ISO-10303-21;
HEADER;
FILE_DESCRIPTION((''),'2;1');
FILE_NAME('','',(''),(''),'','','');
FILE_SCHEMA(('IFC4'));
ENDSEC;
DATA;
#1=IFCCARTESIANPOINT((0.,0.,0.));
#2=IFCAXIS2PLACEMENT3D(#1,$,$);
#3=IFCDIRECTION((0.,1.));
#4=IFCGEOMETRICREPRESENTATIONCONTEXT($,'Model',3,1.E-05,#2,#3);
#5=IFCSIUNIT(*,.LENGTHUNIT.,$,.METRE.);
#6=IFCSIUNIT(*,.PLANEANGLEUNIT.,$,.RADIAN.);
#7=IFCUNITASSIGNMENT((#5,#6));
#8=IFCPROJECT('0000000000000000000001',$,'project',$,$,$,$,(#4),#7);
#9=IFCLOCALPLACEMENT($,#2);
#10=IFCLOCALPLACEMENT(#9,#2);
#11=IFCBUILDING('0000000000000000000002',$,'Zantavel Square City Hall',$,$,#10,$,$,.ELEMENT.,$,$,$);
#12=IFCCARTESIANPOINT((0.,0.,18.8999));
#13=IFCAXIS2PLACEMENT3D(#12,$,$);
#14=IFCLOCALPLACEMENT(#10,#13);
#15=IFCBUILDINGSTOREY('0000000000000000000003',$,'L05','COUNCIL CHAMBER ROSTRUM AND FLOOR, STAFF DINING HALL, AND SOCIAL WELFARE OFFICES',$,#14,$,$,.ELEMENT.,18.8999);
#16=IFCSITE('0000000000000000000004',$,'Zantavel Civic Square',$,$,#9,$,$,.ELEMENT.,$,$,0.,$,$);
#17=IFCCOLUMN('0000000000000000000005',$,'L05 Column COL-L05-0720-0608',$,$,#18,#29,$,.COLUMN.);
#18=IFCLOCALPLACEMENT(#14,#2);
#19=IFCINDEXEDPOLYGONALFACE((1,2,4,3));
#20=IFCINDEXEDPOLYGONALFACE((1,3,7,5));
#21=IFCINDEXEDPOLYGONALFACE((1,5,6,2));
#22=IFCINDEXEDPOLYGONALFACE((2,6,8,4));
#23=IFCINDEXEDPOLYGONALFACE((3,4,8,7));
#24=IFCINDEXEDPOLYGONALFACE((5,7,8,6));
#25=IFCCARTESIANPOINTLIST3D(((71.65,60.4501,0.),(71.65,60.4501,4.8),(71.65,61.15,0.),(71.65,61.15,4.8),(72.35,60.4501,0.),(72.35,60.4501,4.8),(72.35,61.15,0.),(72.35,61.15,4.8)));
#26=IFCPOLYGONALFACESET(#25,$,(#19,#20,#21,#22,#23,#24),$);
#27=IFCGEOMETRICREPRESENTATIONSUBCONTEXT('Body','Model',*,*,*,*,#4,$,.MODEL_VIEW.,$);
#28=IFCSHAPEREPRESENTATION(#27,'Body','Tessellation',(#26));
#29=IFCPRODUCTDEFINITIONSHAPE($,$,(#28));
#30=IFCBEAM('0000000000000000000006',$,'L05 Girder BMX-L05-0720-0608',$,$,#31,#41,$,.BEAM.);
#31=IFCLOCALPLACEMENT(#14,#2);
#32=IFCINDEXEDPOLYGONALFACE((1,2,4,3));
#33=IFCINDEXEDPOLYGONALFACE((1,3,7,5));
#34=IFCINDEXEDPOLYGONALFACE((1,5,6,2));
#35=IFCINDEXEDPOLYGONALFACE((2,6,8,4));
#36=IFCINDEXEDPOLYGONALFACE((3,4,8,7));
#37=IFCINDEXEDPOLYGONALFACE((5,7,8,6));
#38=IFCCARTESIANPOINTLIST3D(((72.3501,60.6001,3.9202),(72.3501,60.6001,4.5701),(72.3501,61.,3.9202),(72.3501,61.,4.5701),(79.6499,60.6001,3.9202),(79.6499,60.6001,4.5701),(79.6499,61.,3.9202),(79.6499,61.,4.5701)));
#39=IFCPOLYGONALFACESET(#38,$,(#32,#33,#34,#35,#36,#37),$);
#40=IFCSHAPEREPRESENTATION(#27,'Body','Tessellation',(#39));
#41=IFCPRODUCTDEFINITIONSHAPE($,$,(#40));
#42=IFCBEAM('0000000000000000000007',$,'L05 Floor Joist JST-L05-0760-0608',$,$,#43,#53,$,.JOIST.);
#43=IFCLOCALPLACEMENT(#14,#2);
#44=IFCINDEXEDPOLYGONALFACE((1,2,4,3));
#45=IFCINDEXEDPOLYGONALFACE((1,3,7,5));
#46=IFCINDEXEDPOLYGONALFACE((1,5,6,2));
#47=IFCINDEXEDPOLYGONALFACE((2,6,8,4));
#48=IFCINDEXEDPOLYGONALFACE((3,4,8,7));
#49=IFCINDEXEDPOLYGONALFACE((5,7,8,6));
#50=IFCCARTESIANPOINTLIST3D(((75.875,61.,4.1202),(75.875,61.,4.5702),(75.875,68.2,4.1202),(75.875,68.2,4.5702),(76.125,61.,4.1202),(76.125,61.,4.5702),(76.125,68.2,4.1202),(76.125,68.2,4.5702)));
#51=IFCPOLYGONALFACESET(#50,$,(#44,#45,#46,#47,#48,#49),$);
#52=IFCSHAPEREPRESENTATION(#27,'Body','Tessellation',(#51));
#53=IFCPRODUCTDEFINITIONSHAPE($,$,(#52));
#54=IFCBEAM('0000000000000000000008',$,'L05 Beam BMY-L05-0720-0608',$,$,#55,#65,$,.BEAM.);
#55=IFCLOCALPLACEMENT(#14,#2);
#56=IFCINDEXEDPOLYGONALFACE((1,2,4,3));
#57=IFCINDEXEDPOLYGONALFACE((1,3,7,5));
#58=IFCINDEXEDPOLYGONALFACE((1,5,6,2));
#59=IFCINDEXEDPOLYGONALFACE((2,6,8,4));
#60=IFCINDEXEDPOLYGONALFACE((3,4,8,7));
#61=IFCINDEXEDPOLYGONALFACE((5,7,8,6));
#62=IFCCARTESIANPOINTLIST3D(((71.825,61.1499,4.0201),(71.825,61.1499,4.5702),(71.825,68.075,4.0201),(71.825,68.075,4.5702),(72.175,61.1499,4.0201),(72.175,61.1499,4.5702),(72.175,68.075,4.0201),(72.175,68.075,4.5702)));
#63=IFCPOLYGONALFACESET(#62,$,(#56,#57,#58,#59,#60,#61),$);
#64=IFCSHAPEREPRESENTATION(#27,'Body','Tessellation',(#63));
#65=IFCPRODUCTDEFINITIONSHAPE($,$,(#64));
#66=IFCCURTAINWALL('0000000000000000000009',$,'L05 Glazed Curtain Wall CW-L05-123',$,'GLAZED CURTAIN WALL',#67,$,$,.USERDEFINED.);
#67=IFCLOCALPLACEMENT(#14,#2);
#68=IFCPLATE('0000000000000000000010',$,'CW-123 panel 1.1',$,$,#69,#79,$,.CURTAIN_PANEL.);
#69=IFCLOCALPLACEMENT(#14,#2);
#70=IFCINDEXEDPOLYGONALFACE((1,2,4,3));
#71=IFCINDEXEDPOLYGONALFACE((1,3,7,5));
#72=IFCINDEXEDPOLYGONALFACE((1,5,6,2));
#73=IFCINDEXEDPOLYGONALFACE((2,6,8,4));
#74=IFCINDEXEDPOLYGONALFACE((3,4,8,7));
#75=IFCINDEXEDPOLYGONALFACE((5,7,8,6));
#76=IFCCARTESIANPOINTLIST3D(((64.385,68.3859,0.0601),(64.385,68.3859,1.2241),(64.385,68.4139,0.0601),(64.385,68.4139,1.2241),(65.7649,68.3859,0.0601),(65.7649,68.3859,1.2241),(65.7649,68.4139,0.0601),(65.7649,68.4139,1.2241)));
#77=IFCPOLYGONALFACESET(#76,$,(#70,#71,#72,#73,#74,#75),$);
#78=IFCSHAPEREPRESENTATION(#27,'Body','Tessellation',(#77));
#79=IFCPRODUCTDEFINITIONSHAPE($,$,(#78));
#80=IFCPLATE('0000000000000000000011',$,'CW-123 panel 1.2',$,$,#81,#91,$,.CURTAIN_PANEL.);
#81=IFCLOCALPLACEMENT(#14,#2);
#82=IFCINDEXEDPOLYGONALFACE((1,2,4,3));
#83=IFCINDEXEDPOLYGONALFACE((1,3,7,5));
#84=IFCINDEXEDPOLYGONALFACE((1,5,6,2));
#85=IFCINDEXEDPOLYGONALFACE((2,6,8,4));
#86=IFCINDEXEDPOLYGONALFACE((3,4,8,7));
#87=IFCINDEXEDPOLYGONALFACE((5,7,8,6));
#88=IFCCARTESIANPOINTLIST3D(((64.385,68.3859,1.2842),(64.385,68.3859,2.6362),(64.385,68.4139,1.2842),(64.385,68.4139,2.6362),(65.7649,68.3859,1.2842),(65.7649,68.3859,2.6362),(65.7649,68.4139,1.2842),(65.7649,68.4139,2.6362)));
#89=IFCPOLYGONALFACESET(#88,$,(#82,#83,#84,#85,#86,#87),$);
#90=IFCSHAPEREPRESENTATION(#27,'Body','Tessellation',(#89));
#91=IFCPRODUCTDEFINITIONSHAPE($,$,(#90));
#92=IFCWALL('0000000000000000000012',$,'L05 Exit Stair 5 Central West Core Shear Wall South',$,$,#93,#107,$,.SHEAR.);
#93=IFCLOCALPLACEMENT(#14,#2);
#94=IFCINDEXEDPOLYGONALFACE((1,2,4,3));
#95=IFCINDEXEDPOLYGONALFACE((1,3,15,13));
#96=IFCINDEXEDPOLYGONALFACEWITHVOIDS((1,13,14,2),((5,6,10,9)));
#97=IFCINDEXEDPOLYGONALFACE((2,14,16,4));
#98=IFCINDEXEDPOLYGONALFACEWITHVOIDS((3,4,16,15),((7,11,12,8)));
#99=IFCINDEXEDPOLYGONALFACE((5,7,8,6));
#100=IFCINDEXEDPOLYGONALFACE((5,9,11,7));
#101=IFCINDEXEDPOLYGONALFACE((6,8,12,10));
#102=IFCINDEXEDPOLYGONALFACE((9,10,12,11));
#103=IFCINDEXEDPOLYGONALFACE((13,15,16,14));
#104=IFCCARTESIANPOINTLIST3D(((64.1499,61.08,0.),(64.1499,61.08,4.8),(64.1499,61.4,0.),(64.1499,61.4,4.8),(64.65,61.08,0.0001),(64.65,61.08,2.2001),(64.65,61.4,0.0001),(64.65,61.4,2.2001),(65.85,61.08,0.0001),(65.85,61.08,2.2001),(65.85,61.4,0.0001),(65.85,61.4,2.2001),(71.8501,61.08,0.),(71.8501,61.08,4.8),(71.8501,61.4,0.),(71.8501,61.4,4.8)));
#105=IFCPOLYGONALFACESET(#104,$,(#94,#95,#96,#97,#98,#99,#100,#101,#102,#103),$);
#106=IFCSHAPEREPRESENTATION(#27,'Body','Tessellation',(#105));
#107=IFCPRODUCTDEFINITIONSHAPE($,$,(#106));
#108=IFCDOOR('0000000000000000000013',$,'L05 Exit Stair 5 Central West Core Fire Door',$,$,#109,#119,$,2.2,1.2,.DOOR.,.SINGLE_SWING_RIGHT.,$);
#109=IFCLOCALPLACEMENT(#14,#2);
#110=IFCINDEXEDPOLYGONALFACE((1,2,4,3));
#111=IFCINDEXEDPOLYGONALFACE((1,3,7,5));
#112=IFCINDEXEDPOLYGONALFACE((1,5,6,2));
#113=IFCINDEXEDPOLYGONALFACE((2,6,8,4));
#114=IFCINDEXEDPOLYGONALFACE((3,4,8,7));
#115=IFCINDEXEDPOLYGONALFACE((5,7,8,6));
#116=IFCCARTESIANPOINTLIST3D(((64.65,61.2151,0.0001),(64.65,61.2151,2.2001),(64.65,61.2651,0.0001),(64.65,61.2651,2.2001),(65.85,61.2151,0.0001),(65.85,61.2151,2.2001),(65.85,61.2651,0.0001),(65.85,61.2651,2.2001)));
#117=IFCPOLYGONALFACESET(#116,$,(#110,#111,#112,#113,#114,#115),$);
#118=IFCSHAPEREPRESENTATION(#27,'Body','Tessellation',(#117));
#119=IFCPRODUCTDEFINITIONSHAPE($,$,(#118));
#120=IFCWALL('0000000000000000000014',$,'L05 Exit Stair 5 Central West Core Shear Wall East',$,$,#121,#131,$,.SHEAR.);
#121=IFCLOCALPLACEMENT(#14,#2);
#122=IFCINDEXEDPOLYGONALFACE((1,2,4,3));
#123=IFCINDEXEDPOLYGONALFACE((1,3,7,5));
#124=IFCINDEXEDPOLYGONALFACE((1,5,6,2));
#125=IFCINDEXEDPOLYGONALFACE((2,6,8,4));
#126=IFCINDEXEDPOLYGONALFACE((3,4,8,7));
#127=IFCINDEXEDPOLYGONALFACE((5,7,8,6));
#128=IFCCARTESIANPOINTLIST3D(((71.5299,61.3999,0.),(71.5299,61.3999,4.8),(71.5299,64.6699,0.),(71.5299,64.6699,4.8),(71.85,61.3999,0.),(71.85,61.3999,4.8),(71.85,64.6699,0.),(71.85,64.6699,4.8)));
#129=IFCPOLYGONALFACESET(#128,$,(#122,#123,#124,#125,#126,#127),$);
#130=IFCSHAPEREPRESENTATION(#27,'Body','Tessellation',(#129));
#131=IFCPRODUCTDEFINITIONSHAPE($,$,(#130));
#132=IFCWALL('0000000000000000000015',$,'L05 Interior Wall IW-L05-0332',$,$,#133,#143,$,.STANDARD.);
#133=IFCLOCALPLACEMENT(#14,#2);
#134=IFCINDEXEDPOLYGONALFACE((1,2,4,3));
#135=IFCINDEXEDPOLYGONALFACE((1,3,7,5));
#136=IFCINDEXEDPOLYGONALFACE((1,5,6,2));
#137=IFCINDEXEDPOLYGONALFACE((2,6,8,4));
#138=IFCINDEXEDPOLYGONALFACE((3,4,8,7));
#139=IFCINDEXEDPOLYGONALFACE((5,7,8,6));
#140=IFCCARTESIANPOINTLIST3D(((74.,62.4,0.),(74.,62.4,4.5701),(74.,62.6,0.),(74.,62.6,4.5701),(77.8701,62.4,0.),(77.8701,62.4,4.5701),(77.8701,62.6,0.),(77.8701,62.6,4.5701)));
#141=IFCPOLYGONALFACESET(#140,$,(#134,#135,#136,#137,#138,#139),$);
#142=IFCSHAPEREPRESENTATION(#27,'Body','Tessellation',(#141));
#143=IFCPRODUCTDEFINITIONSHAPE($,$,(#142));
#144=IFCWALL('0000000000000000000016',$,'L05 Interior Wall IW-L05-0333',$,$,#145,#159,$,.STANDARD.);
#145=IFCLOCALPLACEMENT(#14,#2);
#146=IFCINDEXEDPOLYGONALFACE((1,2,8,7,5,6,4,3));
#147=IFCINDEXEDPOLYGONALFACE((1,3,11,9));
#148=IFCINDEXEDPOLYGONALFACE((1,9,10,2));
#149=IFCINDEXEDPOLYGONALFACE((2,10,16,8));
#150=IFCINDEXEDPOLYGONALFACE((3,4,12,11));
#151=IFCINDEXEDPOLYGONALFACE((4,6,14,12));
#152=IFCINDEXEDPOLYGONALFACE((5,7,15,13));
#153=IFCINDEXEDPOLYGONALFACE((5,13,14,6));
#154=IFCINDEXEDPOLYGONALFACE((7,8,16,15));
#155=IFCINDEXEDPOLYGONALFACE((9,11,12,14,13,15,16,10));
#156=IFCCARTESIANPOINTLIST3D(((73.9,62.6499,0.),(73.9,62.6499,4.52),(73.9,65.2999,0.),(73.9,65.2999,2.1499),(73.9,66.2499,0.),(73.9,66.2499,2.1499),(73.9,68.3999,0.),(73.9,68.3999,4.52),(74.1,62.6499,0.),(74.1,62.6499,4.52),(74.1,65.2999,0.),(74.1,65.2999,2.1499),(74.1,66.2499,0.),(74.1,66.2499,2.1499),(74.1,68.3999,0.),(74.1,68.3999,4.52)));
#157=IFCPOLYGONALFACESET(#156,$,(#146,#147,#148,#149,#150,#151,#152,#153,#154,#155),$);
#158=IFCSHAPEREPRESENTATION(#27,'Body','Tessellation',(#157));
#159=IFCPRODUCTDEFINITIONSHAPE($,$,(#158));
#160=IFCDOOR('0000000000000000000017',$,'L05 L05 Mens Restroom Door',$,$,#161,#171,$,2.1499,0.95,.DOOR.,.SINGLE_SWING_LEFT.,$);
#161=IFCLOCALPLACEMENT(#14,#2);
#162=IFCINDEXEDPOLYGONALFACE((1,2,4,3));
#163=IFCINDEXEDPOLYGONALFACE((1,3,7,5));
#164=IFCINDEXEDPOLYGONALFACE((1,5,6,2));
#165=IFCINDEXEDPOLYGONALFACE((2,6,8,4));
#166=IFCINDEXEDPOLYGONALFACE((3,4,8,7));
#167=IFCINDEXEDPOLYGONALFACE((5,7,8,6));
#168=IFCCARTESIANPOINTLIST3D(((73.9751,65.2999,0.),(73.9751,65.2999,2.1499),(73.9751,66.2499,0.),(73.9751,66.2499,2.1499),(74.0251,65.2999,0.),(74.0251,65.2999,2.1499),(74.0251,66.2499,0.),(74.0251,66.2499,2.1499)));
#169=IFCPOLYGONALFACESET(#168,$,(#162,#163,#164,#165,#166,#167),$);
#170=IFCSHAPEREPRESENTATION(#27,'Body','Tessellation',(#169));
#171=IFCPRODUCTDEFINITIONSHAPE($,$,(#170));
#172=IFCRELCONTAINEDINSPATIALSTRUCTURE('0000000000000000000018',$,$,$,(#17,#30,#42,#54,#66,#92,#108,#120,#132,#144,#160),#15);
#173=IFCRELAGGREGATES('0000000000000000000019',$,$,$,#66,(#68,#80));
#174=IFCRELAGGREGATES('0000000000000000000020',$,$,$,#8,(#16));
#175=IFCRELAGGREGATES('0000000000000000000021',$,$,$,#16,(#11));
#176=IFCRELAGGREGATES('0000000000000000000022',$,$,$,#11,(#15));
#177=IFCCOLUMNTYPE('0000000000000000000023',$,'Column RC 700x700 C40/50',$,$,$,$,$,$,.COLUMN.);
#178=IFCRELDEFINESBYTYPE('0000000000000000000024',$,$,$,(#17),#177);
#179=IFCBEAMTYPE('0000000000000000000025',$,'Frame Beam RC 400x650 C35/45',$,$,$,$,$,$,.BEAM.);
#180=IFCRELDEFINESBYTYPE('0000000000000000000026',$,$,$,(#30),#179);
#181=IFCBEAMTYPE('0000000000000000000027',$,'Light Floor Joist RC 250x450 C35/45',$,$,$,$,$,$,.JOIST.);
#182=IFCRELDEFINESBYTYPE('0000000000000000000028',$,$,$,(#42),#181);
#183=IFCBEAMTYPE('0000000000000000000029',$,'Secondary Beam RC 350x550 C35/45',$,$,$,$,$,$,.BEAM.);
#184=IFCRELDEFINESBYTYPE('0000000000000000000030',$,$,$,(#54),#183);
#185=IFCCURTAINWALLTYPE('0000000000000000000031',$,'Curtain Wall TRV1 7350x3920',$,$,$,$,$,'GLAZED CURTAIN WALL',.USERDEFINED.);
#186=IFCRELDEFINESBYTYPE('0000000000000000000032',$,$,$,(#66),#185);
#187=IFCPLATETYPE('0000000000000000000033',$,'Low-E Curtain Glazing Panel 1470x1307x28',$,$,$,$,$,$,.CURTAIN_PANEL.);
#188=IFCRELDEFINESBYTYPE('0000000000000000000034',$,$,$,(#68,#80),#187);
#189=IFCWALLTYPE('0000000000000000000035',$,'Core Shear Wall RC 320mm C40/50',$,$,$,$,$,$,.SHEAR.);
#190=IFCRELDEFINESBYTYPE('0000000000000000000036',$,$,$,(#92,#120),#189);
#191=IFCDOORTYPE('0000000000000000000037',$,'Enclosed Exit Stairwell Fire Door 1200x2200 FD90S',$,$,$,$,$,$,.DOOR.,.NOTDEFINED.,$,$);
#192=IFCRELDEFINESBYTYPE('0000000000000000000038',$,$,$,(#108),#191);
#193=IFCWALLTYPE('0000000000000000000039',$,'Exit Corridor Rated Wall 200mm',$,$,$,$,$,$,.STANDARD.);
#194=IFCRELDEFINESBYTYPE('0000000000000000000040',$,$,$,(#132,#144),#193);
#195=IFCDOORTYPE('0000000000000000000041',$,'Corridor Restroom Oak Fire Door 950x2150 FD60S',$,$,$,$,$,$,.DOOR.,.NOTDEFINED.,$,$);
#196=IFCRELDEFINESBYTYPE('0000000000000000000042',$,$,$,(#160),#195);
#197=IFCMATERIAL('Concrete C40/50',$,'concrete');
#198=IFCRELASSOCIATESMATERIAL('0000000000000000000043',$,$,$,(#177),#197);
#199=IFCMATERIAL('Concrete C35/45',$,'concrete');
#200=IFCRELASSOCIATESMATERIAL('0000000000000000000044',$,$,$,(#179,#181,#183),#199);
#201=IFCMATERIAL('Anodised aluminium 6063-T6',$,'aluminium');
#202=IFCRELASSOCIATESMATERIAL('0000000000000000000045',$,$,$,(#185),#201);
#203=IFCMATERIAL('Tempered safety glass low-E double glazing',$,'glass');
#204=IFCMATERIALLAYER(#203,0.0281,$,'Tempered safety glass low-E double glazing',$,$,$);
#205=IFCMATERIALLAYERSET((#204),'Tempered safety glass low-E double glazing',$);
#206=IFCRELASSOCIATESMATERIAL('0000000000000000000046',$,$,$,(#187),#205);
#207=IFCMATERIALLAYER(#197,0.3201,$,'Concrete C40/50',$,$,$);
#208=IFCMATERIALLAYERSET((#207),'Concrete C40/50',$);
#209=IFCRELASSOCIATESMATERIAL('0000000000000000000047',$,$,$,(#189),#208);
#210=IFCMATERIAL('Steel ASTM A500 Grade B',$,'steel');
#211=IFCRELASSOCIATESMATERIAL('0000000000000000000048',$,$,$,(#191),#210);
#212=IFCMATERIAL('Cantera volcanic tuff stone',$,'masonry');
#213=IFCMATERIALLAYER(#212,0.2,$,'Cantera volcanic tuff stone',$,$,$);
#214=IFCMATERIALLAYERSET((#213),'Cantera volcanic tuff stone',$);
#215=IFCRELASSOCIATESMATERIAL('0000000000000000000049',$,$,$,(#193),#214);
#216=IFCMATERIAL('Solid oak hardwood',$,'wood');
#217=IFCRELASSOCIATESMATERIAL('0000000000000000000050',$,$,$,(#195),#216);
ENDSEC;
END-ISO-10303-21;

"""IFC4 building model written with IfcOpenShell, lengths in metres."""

from ifc_helpers import new_model, si_unit, direction, frame, frame_2d, origin, origin_2d, place, context, subcontext, project, spatial, rectangle, extrude, material, layer, layer_set, material_profile, profile_set, type_object, element, fill, aggregate, save


model = new_model("IFC4")

# Units and contexts
model_context = context("Model", 3, precision=1e-05, world=origin(), true_north=direction((0.0, 1.0)))
body_context = subcontext(model_context, "Body", "Model", "MODEL_VIEW")
ifc_project = project(units=[si_unit("LENGTHUNIT", "METRE"), si_unit("PLANEANGLEUNIT", "RADIAN")], contexts=[model_context])

# Site, building, storey
site_placement = place(None, origin())
site = spatial("IfcSite", under=ifc_project, at=site_placement, Name="Zantavel Civic Square", CompositionType="ELEMENT", RefElevation=0.0)
building_placement = place(site_placement, origin())
building = spatial("IfcBuilding", under=site, at=building_placement, Name="Zantavel Square City Hall", CompositionType="ELEMENT")
storey_placement = place(building_placement, frame((0.0, 0.0, 18.8999)))
storey = spatial("IfcBuildingStorey", under=building, at=storey_placement, Name="L05", Description="COUNCIL CHAMBER ROSTRUM AND FLOOR, STAFF DINING HALL, AND SOCIAL WELFARE OFFICES", CompositionType="ELEMENT", Elevation=18.8999)

# Column
ifc_material_1 = material(Name="Concrete C40/50", Category="concrete")
ifc_material_profile_1 = material_profile(ifc_material_1, rectangle(XDim=0.7, YDim=0.7, at=origin_2d()), Name="RC 700x700")
ifc_profile_set_1 = profile_set([ifc_material_profile_1], Name="Concrete C40/50")
column_type = type_object("IfcColumnType", Name="Column RC 700x700 C40/50", PredefinedType="COLUMN", material=ifc_profile_set_1)
column_placement = place(storey_placement, frame((72.0, 60.8, 0.0), z_axis=(0.0, 0.0, 1.0), x_axis=(1.0, 0.0, 0.0)))
element("IfcColumn", 1, at=column_placement, inside=storey, type_object=column_type, Name="L05 Column COL-L05-0720-0608", PredefinedType="COLUMN", context=body_context, shape_type="SweptSolid", body=[
    extrude(rectangle(XDim=0.7, YDim=0.7, at=origin_2d()), origin(), (0.0, 0.0, 1.0), 4.8),
])

# Beams
ifc_material_2 = material(Name="Concrete C35/45", Category="concrete")
ifc_material_profile_2 = material_profile(ifc_material_2, rectangle(XDim=0.3999, YDim=0.6499, at=origin_2d()), Name="RC 400x650")
ifc_profile_set_2 = profile_set([ifc_material_profile_2], Name="Concrete C35/45")
beam_type_1 = type_object("IfcBeamType", Name="Frame Beam RC 400x650 C35/45", PredefinedType="BEAM", material=ifc_profile_set_2)
beam_1_placement = place(storey_placement, frame((72.3501, 60.8, 4.2451), z_axis=(1.0, 0.0, 0.0), x_axis=(0.0, 1.0, 0.0)))
element("IfcBeam", 2, at=beam_1_placement, inside=storey, type_object=beam_type_1, Name="L05 Girder BMX-L05-0720-0608", PredefinedType="BEAM", context=body_context, shape_type="SweptSolid", body=[
    extrude(rectangle(XDim=0.3999, YDim=0.6499, at=origin_2d()), origin(), (0.0, 0.0, 1.0), 7.2998),
])
ifc_material_profile_3 = material_profile(ifc_material_2, rectangle(XDim=0.25, YDim=0.45, at=origin_2d()), Name="RC 250x450")
ifc_profile_set_3 = profile_set([ifc_material_profile_3], Name="Concrete C35/45")
beam_type_2 = type_object("IfcBeamType", Name="Light Floor Joist RC 250x450 C35/45", PredefinedType="JOIST", material=ifc_profile_set_3)
beam_2_placement = place(storey_placement, frame((76.0, 61.0, 4.3452), z_axis=(0.0, 1.0, 0.0), x_axis=(-1.0, 0.0, 0.0)))
element("IfcBeam", 3, at=beam_2_placement, inside=storey, type_object=beam_type_2, Name="L05 Floor Joist JST-L05-0760-0608", PredefinedType="JOIST", context=body_context, shape_type="SweptSolid", body=[
    extrude(rectangle(XDim=0.25, YDim=0.45, at=origin_2d()), origin(), (0.0, 0.0, 1.0), 7.2),
])
ifc_material_profile_4 = material_profile(ifc_material_2, rectangle(XDim=0.3501, YDim=0.55, at=origin_2d()), Name="RC 350x550")
ifc_profile_set_4 = profile_set([ifc_material_profile_4], Name="Concrete C35/45")
beam_type_3 = type_object("IfcBeamType", Name="Secondary Beam RC 350x550 C35/45", PredefinedType="BEAM", material=ifc_profile_set_4)
beam_3_placement = place(storey_placement, frame((72.0, 61.1499, 4.2952), z_axis=(0.0, 1.0, 0.0), x_axis=(-1.0, 0.0, 0.0)))
element("IfcBeam", 4, at=beam_3_placement, inside=storey, type_object=beam_type_3, Name="L05 Beam BMY-L05-0720-0608", PredefinedType="BEAM", context=body_context, shape_type="SweptSolid", body=[
    extrude(rectangle(XDim=0.3501, YDim=0.55, at=origin_2d()), origin(), (0.0, 0.0, 1.0), 6.925),
])

# Curtain wall, plates
ifc_material_3 = material(Name="Anodised aluminium 6063-T6", Category="aluminium")
curtain_wall_type = type_object("IfcCurtainWallType", Name="Curtain Wall TRV1 7350x3920", ElementType="GLAZED CURTAIN WALL", PredefinedType="USERDEFINED", material=ifc_material_3)
curtain_wall_placement = place(storey_placement, origin())
curtain_wall = element("IfcCurtainWall", 5, at=curtain_wall_placement, inside=storey, type_object=curtain_wall_type, Name="L05 Glazed Curtain Wall CW-L05-123", ObjectType="GLAZED CURTAIN WALL", PredefinedType="USERDEFINED")
ifc_material_4 = material(Name="Tempered safety glass low-E double glazing", Category="glass")
ifc_layer_1 = layer(ifc_material_4, 0.0281, Name="Tempered safety glass low-E double glazing")
ifc_layer_set_1 = layer_set([ifc_layer_1], Name="Tempered safety glass low-E double glazing")
plate_type = type_object("IfcPlateType", Name="Low-E Curtain Glazing Panel 1470x1307x28", PredefinedType="CURTAIN_PANEL", material=ifc_layer_set_1)
plate_1_placement = place(storey_placement, frame((65.075, 68.3999, 0.0601), z_axis=(0.0, 0.0, 1.0), x_axis=(1.0, 0.0, 0.0)))
plate_1 = element("IfcPlate", 6, at=plate_1_placement, type_object=plate_type, Name="CW-123 panel 1.1", PredefinedType="CURTAIN_PANEL", context=body_context, shape_type="SweptSolid", body=[
    extrude(rectangle(XDim=1.3799, YDim=0.0281, at=origin_2d()), origin(), (0.0, 0.0, 1.0), 1.1641),
])
plate_2_placement = place(storey_placement, frame((65.075, 68.3999, 1.2842), z_axis=(0.0, 0.0, 1.0), x_axis=(1.0, 0.0, 0.0)))
plate_2 = element("IfcPlate", 7, at=plate_2_placement, type_object=plate_type, Name="CW-123 panel 1.2", PredefinedType="CURTAIN_PANEL", context=body_context, shape_type="SweptSolid", body=[
    extrude(rectangle(XDim=1.3799, YDim=0.0281, at=origin_2d()), origin(), (0.0, 0.0, 1.0), 1.3521),
])
aggregate(curtain_wall, [plate_1, plate_2])

# Wall, opening, door
ifc_layer_2 = layer(ifc_material_1, 0.3201, Name="Concrete C40/50")
ifc_layer_set_2 = layer_set([ifc_layer_2], Name="Concrete C40/50")
wall_type_1 = type_object("IfcWallType", Name="Core Shear Wall RC 320mm C40/50", PredefinedType="SHEAR", material=ifc_layer_set_2)
wall_1_placement = place(storey_placement, frame((71.8501, 61.24, 0.0), z_axis=(0.0, 0.0, 1.0), x_axis=(-1.0, 0.0, 0.0)))
wall_1 = element("IfcWall", 8, at=wall_1_placement, inside=storey, type_object=wall_type_1, Name="L05 Exit Stair 5 Central West Core Shear Wall South", PredefinedType="SHEAR", context=body_context, shape_type="SweptSolid", body=[
    extrude(rectangle(XDim=7.7002, YDim=0.3201, at=frame_2d((3.8501, 0.0))), origin(), (0.0, 0.0, 1.0), 4.8),
])
opening_1_placement = place(wall_1_placement, frame((6.0, 0.0, 0.0)))
opening_1 = element("IfcOpeningElement", 9, at=opening_1_placement, cuts=wall_1, PredefinedType="OPENING", context=body_context, shape_type="SweptSolid", body=[
    extrude(rectangle(XDim=1.2, YDim=2.2, at=frame_2d((0.6001, 1.1001))), frame((0.0, 0.1699, 0.0), z_axis=(0.0, -1.0, 0.0), x_axis=(1.0, 0.0, 0.0)), (0.0, 0.0, 1.0), 0.3401),
])
ifc_material_5 = material(Name="Steel ASTM A500 Grade B", Category="steel")
door_type_1 = type_object("IfcDoorType", Name="Enclosed Exit Stairwell Fire Door 1200x2200 FD90S", OperationType="NOTDEFINED", PredefinedType="DOOR", material=ifc_material_5)
door_1_placement = place(opening_1_placement, origin())
door_1 = element("IfcDoor", 10, at=door_1_placement, inside=storey, type_object=door_type_1, Name="L05 Exit Stair 5 Central West Core Fire Door", OperationType="SINGLE_SWING_RIGHT", OverallHeight=2.2, OverallWidth=1.2, PredefinedType="DOOR", context=body_context, shape_type="SweptSolid", body=[
    extrude(rectangle(XDim=1.2, YDim=2.2, at=frame_2d((0.6001, 1.1001))), frame((0.0, 0.0249, 0.0), z_axis=(0.0, -1.0, 0.0), x_axis=(1.0, 0.0, 0.0)), (0.0, 0.0, 1.0), 0.05),
])
fill(opening_1, door_1)

# Walls
wall_2_placement = place(storey_placement, frame((71.6899, 64.6699, 0.0), z_axis=(0.0, 0.0, 1.0), x_axis=(0.0, -1.0, 0.0)))
element("IfcWall", 11, at=wall_2_placement, inside=storey, type_object=wall_type_1, Name="L05 Exit Stair 5 Central West Core Shear Wall East", PredefinedType="SHEAR", context=body_context, shape_type="SweptSolid", body=[
    extrude(rectangle(XDim=3.27, YDim=0.3201, at=frame_2d((1.635, 0.0))), origin(), (0.0, 0.0, 1.0), 4.8),
])
ifc_material_6 = material(Name="Cantera volcanic tuff stone", Category="masonry")
ifc_layer_3 = layer(ifc_material_6, 0.2, Name="Cantera volcanic tuff stone")
ifc_layer_set_3 = layer_set([ifc_layer_3], Name="Cantera volcanic tuff stone")
wall_type_2 = type_object("IfcWallType", Name="Exit Corridor Rated Wall 200mm", PredefinedType="STANDARD", material=ifc_layer_set_3)
wall_3_placement = place(storey_placement, frame((77.8701, 62.5, 0.0), z_axis=(0.0, 0.0, 1.0), x_axis=(-1.0, 0.0, 0.0)))
element("IfcWall", 12, at=wall_3_placement, inside=storey, type_object=wall_type_2, Name="L05 Interior Wall IW-L05-0332", PredefinedType="STANDARD", context=body_context, shape_type="SweptSolid", body=[
    extrude(rectangle(XDim=3.8701, YDim=0.2, at=frame_2d((1.9351, 0.0))), origin(), (0.0, 0.0, 1.0), 4.5701),
])

# Wall, opening, door
wall_4_placement = place(storey_placement, frame((74.0, 62.6499, 0.0), z_axis=(0.0, 0.0, 1.0), x_axis=(0.0, 1.0, 0.0)))
wall_4 = element("IfcWall", 13, at=wall_4_placement, inside=storey, type_object=wall_type_2, Name="L05 Interior Wall IW-L05-0333", PredefinedType="STANDARD", context=body_context, shape_type="SweptSolid", body=[
    extrude(rectangle(XDim=5.75, YDim=0.2, at=frame_2d((2.875, 0.0))), origin(), (0.0, 0.0, 1.0), 4.52),
])
opening_2_placement = place(wall_4_placement, frame((2.6499, 0.0, 0.0)))
opening_2 = element("IfcOpeningElement", 14, at=opening_2_placement, cuts=wall_4, PredefinedType="OPENING", context=body_context, shape_type="SweptSolid", body=[
    extrude(rectangle(XDim=0.95, YDim=2.1499, at=frame_2d((0.4751, 1.075))), frame((0.0, 0.1099, 0.0), z_axis=(0.0, -1.0, 0.0), x_axis=(1.0, 0.0, 0.0)), (0.0, 0.0, 1.0), 0.22),
])
ifc_material_7 = material(Name="Solid oak hardwood", Category="wood")
door_type_2 = type_object("IfcDoorType", Name="Corridor Restroom Oak Fire Door 950x2150 FD60S", OperationType="NOTDEFINED", PredefinedType="DOOR", material=ifc_material_7)
door_2_placement = place(opening_2_placement, origin())
door_2 = element("IfcDoor", 15, at=door_2_placement, inside=storey, type_object=door_type_2, Name="L05 L05 Mens Restroom Door", OperationType="SINGLE_SWING_LEFT", OverallHeight=2.1499, OverallWidth=0.95, PredefinedType="DOOR", context=body_context, shape_type="SweptSolid", body=[
    extrude(rectangle(XDim=0.95, YDim=2.1499, at=frame_2d((0.4751, 1.075))), frame((0.0, 0.0249, 0.0), z_axis=(0.0, -1.0, 0.0), x_axis=(1.0, 0.0, 0.0)), (0.0, 0.0, 1.0), 0.05),
])
fill(opening_2, door_2)

save(model, "model.ifc")
